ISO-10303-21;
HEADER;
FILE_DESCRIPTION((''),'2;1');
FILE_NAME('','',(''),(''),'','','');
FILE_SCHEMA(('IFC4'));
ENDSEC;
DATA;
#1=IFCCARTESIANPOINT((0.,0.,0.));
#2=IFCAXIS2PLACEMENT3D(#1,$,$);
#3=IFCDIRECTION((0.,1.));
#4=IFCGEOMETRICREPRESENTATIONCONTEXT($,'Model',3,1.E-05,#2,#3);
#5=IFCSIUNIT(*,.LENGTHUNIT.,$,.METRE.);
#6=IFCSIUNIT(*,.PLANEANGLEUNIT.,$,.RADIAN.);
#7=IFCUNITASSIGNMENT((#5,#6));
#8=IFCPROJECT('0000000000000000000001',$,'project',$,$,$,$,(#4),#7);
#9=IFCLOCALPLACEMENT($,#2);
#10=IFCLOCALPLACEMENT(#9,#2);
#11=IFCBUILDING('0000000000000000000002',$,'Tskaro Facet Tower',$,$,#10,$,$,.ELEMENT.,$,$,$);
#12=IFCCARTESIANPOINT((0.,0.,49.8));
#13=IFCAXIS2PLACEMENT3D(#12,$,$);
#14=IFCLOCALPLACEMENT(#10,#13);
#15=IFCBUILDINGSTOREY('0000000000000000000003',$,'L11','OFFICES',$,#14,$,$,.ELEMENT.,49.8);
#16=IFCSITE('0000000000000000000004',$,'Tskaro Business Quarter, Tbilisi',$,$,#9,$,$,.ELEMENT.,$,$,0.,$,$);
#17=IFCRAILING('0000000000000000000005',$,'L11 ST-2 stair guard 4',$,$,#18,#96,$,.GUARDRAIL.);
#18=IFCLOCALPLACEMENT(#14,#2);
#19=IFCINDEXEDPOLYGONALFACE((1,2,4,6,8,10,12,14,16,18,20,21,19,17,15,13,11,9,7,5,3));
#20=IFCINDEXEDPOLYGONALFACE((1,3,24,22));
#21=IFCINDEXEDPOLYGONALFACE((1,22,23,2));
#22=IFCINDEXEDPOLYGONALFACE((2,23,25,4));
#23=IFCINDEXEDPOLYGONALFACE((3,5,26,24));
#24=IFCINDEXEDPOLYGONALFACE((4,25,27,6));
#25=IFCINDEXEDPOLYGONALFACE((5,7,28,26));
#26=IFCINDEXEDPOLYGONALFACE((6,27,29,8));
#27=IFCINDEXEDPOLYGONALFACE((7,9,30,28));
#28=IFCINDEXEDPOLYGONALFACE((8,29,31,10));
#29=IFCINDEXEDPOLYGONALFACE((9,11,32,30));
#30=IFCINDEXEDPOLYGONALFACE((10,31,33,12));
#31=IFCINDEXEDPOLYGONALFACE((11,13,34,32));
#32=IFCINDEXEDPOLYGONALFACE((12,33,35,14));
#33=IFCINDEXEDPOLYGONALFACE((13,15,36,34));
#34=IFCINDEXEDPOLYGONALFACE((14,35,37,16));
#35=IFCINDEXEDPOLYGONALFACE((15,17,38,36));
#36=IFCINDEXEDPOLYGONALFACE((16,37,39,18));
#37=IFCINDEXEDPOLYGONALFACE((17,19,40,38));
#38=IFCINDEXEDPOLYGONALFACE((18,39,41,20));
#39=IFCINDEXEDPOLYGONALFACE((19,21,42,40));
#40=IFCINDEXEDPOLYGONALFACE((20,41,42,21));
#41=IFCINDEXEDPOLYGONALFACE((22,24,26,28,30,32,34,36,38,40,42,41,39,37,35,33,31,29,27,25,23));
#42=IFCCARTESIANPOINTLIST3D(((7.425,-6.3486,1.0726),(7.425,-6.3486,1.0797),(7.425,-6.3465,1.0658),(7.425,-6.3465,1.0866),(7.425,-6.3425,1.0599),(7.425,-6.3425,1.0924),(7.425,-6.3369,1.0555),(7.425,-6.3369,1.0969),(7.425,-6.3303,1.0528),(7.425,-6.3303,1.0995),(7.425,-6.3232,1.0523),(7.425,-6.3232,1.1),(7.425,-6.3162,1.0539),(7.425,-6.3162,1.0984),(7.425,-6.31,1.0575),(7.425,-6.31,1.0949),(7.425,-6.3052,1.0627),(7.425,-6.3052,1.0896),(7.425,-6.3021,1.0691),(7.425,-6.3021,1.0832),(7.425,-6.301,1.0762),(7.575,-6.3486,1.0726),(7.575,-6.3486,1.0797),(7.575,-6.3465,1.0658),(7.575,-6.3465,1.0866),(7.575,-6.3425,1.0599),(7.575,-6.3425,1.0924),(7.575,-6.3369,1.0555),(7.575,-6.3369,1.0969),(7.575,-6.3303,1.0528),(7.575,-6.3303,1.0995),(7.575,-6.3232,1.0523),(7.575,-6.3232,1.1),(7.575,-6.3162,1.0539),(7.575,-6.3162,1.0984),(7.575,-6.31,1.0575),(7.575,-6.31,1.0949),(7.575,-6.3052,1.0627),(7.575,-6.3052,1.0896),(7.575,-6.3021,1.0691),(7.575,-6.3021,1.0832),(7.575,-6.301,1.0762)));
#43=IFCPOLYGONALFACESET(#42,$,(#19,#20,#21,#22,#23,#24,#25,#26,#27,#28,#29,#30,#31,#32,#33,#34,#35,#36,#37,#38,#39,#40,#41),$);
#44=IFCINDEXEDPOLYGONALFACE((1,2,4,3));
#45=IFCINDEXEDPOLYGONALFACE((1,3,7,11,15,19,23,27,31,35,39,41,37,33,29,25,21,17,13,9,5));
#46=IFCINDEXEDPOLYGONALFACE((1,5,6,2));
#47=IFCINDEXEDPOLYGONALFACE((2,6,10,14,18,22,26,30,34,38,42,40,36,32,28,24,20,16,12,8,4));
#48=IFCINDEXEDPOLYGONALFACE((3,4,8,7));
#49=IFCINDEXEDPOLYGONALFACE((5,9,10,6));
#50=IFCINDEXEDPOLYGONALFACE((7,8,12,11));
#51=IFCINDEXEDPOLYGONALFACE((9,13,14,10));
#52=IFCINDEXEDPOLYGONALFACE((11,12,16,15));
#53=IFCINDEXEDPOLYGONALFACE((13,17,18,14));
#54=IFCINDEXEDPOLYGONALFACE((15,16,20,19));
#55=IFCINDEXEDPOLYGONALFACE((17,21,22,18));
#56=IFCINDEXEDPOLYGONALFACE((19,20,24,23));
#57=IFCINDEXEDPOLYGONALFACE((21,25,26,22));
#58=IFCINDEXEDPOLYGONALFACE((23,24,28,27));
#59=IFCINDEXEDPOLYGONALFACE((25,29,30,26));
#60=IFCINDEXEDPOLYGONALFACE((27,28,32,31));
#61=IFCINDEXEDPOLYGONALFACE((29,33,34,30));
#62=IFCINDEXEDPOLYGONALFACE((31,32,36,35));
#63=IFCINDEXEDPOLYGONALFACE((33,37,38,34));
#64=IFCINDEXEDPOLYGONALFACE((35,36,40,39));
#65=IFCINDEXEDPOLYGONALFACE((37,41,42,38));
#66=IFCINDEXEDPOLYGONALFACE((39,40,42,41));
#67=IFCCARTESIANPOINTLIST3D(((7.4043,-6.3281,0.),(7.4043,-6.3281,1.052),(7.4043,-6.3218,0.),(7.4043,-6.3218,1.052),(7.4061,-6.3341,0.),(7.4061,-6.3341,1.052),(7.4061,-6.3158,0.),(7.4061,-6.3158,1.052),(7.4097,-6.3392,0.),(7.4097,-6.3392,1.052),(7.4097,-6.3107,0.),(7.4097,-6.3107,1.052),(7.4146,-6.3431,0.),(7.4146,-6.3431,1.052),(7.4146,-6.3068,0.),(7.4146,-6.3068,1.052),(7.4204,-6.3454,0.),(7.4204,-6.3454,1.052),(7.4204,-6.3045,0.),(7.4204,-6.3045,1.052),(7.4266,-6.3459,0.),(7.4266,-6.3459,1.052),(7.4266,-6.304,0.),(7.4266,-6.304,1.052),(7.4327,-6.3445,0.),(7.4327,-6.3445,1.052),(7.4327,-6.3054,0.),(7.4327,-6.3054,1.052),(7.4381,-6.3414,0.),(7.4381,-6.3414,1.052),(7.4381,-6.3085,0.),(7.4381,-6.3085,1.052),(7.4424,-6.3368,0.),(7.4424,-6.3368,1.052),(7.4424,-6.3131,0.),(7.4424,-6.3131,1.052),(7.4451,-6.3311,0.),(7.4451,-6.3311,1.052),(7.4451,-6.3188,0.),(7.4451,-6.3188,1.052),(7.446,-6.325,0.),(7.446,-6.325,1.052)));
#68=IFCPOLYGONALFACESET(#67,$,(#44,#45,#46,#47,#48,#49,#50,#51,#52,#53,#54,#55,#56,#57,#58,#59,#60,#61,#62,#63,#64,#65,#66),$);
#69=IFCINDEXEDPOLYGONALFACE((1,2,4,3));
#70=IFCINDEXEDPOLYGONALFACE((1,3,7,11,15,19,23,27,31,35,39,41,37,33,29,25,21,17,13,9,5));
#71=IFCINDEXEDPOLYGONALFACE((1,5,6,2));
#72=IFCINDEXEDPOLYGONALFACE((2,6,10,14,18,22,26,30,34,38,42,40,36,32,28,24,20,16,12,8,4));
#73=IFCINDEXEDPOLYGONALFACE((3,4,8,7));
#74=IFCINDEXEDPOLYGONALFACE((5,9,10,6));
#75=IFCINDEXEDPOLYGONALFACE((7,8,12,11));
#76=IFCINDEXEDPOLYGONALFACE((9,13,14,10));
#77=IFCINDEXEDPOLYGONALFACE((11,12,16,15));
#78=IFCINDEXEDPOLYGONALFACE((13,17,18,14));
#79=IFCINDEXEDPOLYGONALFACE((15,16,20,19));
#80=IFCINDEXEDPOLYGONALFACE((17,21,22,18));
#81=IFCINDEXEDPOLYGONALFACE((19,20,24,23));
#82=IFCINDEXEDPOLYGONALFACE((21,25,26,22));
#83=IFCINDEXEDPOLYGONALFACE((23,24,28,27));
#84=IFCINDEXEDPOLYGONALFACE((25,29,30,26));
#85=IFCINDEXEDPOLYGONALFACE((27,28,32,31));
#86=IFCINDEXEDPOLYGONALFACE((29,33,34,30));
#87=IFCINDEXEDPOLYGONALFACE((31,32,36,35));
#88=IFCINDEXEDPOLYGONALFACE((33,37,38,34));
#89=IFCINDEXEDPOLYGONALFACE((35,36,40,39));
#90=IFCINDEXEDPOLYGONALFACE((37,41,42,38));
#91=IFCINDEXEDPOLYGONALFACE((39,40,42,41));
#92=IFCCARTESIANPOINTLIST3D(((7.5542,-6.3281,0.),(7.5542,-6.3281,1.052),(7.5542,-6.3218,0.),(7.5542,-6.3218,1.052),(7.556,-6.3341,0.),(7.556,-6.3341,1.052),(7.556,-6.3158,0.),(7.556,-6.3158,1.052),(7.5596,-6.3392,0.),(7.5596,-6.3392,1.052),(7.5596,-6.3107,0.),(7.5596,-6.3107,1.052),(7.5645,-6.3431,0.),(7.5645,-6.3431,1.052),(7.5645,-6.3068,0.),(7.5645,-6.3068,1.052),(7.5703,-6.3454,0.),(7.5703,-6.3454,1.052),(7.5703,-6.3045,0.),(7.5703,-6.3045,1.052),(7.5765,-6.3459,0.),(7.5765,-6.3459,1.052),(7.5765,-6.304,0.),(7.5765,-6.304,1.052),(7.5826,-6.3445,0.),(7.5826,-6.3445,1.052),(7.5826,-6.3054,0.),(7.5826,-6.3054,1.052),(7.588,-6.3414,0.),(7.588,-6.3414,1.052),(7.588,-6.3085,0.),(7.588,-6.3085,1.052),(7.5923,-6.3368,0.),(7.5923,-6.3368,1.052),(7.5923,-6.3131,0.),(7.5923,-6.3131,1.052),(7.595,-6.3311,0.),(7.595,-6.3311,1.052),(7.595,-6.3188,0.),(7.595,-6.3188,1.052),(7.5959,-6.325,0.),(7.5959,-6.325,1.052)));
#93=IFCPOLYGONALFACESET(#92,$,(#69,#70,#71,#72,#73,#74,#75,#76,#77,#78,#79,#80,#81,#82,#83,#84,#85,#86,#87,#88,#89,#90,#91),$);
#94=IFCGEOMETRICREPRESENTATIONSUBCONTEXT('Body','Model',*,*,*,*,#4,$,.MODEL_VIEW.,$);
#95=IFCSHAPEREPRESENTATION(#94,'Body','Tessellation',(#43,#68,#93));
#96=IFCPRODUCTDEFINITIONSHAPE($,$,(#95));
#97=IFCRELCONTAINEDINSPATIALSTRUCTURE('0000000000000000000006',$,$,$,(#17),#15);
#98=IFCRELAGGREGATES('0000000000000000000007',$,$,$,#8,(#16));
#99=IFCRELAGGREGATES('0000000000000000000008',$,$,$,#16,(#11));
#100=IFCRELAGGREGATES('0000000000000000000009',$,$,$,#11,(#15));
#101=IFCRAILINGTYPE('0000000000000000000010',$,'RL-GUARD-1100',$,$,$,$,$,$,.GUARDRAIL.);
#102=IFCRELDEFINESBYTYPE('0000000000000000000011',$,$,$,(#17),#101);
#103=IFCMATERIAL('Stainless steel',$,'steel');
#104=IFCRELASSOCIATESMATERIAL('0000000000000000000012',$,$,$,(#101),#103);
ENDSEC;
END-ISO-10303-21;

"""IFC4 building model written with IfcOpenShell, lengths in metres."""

from ifc_helpers import new_model, si_unit, direction, frame, origin, origin_2d, place, context, subcontext, project, spatial, circle, extrude, material, type_object, element, save


model = new_model("IFC4")

# Units and contexts
model_context = context("Model", 3, precision=1e-05, world=origin(), true_north=direction((0.0, 1.0)))
body_context = subcontext(model_context, "Body", "Model", "MODEL_VIEW")
ifc_project = project(units=[si_unit("LENGTHUNIT", "METRE"), si_unit("PLANEANGLEUNIT", "RADIAN")], contexts=[model_context])

# Site, building, storey
site_placement = place(None, origin())
site = spatial("IfcSite", under=ifc_project, at=site_placement, Name="Tskaro Business Quarter, Tbilisi", CompositionType="ELEMENT", RefElevation=0.0)
building_placement = place(site_placement, origin())
building = spatial("IfcBuilding", under=site, at=building_placement, Name="Tskaro Facet Tower", CompositionType="ELEMENT")
storey_placement = place(building_placement, frame((0.0, 0.0, 49.8)))
storey = spatial("IfcBuildingStorey", under=building, at=storey_placement, Name="L11", Description="OFFICES", CompositionType="ELEMENT", Elevation=49.8)

# Shared definitions
ifc_material_1 = material(Name="Stainless steel", Category="steel")

# Railing
railing_type_1 = type_object("IfcRailingType", Name="RL-GUARD-1100", PredefinedType="GUARDRAIL", material=ifc_material_1)
railing_1_placement = place(storey_placement, frame((7.425, -6.325, 0.0)))
element("IfcRailing", 1, at=railing_1_placement, inside=storey, type_object=railing_type_1, Name="L11 ST-2 stair guard 4", PredefinedType="GUARDRAIL", context=body_context, shape_type="SweptSolid", body=[
    extrude(circle(Radius=0.0239, at=origin_2d()), frame((0.0, 0.0, 1.0762), z_axis=(1.0, 0.0, 0.0), x_axis=(0.0, 1.0, 0.0)), (0.0, 0.0, 1.0), 0.1499),
    extrude(circle(Radius=0.021, at=origin_2d()), origin(), (0.0, 0.0, 1.0), 1.052),
    extrude(circle(Radius=0.021, at=origin_2d()), frame((0.1499, 0.0, 0.0)), (0.0, 0.0, 1.0), 1.052),
])

save(model, "model.ifc")
